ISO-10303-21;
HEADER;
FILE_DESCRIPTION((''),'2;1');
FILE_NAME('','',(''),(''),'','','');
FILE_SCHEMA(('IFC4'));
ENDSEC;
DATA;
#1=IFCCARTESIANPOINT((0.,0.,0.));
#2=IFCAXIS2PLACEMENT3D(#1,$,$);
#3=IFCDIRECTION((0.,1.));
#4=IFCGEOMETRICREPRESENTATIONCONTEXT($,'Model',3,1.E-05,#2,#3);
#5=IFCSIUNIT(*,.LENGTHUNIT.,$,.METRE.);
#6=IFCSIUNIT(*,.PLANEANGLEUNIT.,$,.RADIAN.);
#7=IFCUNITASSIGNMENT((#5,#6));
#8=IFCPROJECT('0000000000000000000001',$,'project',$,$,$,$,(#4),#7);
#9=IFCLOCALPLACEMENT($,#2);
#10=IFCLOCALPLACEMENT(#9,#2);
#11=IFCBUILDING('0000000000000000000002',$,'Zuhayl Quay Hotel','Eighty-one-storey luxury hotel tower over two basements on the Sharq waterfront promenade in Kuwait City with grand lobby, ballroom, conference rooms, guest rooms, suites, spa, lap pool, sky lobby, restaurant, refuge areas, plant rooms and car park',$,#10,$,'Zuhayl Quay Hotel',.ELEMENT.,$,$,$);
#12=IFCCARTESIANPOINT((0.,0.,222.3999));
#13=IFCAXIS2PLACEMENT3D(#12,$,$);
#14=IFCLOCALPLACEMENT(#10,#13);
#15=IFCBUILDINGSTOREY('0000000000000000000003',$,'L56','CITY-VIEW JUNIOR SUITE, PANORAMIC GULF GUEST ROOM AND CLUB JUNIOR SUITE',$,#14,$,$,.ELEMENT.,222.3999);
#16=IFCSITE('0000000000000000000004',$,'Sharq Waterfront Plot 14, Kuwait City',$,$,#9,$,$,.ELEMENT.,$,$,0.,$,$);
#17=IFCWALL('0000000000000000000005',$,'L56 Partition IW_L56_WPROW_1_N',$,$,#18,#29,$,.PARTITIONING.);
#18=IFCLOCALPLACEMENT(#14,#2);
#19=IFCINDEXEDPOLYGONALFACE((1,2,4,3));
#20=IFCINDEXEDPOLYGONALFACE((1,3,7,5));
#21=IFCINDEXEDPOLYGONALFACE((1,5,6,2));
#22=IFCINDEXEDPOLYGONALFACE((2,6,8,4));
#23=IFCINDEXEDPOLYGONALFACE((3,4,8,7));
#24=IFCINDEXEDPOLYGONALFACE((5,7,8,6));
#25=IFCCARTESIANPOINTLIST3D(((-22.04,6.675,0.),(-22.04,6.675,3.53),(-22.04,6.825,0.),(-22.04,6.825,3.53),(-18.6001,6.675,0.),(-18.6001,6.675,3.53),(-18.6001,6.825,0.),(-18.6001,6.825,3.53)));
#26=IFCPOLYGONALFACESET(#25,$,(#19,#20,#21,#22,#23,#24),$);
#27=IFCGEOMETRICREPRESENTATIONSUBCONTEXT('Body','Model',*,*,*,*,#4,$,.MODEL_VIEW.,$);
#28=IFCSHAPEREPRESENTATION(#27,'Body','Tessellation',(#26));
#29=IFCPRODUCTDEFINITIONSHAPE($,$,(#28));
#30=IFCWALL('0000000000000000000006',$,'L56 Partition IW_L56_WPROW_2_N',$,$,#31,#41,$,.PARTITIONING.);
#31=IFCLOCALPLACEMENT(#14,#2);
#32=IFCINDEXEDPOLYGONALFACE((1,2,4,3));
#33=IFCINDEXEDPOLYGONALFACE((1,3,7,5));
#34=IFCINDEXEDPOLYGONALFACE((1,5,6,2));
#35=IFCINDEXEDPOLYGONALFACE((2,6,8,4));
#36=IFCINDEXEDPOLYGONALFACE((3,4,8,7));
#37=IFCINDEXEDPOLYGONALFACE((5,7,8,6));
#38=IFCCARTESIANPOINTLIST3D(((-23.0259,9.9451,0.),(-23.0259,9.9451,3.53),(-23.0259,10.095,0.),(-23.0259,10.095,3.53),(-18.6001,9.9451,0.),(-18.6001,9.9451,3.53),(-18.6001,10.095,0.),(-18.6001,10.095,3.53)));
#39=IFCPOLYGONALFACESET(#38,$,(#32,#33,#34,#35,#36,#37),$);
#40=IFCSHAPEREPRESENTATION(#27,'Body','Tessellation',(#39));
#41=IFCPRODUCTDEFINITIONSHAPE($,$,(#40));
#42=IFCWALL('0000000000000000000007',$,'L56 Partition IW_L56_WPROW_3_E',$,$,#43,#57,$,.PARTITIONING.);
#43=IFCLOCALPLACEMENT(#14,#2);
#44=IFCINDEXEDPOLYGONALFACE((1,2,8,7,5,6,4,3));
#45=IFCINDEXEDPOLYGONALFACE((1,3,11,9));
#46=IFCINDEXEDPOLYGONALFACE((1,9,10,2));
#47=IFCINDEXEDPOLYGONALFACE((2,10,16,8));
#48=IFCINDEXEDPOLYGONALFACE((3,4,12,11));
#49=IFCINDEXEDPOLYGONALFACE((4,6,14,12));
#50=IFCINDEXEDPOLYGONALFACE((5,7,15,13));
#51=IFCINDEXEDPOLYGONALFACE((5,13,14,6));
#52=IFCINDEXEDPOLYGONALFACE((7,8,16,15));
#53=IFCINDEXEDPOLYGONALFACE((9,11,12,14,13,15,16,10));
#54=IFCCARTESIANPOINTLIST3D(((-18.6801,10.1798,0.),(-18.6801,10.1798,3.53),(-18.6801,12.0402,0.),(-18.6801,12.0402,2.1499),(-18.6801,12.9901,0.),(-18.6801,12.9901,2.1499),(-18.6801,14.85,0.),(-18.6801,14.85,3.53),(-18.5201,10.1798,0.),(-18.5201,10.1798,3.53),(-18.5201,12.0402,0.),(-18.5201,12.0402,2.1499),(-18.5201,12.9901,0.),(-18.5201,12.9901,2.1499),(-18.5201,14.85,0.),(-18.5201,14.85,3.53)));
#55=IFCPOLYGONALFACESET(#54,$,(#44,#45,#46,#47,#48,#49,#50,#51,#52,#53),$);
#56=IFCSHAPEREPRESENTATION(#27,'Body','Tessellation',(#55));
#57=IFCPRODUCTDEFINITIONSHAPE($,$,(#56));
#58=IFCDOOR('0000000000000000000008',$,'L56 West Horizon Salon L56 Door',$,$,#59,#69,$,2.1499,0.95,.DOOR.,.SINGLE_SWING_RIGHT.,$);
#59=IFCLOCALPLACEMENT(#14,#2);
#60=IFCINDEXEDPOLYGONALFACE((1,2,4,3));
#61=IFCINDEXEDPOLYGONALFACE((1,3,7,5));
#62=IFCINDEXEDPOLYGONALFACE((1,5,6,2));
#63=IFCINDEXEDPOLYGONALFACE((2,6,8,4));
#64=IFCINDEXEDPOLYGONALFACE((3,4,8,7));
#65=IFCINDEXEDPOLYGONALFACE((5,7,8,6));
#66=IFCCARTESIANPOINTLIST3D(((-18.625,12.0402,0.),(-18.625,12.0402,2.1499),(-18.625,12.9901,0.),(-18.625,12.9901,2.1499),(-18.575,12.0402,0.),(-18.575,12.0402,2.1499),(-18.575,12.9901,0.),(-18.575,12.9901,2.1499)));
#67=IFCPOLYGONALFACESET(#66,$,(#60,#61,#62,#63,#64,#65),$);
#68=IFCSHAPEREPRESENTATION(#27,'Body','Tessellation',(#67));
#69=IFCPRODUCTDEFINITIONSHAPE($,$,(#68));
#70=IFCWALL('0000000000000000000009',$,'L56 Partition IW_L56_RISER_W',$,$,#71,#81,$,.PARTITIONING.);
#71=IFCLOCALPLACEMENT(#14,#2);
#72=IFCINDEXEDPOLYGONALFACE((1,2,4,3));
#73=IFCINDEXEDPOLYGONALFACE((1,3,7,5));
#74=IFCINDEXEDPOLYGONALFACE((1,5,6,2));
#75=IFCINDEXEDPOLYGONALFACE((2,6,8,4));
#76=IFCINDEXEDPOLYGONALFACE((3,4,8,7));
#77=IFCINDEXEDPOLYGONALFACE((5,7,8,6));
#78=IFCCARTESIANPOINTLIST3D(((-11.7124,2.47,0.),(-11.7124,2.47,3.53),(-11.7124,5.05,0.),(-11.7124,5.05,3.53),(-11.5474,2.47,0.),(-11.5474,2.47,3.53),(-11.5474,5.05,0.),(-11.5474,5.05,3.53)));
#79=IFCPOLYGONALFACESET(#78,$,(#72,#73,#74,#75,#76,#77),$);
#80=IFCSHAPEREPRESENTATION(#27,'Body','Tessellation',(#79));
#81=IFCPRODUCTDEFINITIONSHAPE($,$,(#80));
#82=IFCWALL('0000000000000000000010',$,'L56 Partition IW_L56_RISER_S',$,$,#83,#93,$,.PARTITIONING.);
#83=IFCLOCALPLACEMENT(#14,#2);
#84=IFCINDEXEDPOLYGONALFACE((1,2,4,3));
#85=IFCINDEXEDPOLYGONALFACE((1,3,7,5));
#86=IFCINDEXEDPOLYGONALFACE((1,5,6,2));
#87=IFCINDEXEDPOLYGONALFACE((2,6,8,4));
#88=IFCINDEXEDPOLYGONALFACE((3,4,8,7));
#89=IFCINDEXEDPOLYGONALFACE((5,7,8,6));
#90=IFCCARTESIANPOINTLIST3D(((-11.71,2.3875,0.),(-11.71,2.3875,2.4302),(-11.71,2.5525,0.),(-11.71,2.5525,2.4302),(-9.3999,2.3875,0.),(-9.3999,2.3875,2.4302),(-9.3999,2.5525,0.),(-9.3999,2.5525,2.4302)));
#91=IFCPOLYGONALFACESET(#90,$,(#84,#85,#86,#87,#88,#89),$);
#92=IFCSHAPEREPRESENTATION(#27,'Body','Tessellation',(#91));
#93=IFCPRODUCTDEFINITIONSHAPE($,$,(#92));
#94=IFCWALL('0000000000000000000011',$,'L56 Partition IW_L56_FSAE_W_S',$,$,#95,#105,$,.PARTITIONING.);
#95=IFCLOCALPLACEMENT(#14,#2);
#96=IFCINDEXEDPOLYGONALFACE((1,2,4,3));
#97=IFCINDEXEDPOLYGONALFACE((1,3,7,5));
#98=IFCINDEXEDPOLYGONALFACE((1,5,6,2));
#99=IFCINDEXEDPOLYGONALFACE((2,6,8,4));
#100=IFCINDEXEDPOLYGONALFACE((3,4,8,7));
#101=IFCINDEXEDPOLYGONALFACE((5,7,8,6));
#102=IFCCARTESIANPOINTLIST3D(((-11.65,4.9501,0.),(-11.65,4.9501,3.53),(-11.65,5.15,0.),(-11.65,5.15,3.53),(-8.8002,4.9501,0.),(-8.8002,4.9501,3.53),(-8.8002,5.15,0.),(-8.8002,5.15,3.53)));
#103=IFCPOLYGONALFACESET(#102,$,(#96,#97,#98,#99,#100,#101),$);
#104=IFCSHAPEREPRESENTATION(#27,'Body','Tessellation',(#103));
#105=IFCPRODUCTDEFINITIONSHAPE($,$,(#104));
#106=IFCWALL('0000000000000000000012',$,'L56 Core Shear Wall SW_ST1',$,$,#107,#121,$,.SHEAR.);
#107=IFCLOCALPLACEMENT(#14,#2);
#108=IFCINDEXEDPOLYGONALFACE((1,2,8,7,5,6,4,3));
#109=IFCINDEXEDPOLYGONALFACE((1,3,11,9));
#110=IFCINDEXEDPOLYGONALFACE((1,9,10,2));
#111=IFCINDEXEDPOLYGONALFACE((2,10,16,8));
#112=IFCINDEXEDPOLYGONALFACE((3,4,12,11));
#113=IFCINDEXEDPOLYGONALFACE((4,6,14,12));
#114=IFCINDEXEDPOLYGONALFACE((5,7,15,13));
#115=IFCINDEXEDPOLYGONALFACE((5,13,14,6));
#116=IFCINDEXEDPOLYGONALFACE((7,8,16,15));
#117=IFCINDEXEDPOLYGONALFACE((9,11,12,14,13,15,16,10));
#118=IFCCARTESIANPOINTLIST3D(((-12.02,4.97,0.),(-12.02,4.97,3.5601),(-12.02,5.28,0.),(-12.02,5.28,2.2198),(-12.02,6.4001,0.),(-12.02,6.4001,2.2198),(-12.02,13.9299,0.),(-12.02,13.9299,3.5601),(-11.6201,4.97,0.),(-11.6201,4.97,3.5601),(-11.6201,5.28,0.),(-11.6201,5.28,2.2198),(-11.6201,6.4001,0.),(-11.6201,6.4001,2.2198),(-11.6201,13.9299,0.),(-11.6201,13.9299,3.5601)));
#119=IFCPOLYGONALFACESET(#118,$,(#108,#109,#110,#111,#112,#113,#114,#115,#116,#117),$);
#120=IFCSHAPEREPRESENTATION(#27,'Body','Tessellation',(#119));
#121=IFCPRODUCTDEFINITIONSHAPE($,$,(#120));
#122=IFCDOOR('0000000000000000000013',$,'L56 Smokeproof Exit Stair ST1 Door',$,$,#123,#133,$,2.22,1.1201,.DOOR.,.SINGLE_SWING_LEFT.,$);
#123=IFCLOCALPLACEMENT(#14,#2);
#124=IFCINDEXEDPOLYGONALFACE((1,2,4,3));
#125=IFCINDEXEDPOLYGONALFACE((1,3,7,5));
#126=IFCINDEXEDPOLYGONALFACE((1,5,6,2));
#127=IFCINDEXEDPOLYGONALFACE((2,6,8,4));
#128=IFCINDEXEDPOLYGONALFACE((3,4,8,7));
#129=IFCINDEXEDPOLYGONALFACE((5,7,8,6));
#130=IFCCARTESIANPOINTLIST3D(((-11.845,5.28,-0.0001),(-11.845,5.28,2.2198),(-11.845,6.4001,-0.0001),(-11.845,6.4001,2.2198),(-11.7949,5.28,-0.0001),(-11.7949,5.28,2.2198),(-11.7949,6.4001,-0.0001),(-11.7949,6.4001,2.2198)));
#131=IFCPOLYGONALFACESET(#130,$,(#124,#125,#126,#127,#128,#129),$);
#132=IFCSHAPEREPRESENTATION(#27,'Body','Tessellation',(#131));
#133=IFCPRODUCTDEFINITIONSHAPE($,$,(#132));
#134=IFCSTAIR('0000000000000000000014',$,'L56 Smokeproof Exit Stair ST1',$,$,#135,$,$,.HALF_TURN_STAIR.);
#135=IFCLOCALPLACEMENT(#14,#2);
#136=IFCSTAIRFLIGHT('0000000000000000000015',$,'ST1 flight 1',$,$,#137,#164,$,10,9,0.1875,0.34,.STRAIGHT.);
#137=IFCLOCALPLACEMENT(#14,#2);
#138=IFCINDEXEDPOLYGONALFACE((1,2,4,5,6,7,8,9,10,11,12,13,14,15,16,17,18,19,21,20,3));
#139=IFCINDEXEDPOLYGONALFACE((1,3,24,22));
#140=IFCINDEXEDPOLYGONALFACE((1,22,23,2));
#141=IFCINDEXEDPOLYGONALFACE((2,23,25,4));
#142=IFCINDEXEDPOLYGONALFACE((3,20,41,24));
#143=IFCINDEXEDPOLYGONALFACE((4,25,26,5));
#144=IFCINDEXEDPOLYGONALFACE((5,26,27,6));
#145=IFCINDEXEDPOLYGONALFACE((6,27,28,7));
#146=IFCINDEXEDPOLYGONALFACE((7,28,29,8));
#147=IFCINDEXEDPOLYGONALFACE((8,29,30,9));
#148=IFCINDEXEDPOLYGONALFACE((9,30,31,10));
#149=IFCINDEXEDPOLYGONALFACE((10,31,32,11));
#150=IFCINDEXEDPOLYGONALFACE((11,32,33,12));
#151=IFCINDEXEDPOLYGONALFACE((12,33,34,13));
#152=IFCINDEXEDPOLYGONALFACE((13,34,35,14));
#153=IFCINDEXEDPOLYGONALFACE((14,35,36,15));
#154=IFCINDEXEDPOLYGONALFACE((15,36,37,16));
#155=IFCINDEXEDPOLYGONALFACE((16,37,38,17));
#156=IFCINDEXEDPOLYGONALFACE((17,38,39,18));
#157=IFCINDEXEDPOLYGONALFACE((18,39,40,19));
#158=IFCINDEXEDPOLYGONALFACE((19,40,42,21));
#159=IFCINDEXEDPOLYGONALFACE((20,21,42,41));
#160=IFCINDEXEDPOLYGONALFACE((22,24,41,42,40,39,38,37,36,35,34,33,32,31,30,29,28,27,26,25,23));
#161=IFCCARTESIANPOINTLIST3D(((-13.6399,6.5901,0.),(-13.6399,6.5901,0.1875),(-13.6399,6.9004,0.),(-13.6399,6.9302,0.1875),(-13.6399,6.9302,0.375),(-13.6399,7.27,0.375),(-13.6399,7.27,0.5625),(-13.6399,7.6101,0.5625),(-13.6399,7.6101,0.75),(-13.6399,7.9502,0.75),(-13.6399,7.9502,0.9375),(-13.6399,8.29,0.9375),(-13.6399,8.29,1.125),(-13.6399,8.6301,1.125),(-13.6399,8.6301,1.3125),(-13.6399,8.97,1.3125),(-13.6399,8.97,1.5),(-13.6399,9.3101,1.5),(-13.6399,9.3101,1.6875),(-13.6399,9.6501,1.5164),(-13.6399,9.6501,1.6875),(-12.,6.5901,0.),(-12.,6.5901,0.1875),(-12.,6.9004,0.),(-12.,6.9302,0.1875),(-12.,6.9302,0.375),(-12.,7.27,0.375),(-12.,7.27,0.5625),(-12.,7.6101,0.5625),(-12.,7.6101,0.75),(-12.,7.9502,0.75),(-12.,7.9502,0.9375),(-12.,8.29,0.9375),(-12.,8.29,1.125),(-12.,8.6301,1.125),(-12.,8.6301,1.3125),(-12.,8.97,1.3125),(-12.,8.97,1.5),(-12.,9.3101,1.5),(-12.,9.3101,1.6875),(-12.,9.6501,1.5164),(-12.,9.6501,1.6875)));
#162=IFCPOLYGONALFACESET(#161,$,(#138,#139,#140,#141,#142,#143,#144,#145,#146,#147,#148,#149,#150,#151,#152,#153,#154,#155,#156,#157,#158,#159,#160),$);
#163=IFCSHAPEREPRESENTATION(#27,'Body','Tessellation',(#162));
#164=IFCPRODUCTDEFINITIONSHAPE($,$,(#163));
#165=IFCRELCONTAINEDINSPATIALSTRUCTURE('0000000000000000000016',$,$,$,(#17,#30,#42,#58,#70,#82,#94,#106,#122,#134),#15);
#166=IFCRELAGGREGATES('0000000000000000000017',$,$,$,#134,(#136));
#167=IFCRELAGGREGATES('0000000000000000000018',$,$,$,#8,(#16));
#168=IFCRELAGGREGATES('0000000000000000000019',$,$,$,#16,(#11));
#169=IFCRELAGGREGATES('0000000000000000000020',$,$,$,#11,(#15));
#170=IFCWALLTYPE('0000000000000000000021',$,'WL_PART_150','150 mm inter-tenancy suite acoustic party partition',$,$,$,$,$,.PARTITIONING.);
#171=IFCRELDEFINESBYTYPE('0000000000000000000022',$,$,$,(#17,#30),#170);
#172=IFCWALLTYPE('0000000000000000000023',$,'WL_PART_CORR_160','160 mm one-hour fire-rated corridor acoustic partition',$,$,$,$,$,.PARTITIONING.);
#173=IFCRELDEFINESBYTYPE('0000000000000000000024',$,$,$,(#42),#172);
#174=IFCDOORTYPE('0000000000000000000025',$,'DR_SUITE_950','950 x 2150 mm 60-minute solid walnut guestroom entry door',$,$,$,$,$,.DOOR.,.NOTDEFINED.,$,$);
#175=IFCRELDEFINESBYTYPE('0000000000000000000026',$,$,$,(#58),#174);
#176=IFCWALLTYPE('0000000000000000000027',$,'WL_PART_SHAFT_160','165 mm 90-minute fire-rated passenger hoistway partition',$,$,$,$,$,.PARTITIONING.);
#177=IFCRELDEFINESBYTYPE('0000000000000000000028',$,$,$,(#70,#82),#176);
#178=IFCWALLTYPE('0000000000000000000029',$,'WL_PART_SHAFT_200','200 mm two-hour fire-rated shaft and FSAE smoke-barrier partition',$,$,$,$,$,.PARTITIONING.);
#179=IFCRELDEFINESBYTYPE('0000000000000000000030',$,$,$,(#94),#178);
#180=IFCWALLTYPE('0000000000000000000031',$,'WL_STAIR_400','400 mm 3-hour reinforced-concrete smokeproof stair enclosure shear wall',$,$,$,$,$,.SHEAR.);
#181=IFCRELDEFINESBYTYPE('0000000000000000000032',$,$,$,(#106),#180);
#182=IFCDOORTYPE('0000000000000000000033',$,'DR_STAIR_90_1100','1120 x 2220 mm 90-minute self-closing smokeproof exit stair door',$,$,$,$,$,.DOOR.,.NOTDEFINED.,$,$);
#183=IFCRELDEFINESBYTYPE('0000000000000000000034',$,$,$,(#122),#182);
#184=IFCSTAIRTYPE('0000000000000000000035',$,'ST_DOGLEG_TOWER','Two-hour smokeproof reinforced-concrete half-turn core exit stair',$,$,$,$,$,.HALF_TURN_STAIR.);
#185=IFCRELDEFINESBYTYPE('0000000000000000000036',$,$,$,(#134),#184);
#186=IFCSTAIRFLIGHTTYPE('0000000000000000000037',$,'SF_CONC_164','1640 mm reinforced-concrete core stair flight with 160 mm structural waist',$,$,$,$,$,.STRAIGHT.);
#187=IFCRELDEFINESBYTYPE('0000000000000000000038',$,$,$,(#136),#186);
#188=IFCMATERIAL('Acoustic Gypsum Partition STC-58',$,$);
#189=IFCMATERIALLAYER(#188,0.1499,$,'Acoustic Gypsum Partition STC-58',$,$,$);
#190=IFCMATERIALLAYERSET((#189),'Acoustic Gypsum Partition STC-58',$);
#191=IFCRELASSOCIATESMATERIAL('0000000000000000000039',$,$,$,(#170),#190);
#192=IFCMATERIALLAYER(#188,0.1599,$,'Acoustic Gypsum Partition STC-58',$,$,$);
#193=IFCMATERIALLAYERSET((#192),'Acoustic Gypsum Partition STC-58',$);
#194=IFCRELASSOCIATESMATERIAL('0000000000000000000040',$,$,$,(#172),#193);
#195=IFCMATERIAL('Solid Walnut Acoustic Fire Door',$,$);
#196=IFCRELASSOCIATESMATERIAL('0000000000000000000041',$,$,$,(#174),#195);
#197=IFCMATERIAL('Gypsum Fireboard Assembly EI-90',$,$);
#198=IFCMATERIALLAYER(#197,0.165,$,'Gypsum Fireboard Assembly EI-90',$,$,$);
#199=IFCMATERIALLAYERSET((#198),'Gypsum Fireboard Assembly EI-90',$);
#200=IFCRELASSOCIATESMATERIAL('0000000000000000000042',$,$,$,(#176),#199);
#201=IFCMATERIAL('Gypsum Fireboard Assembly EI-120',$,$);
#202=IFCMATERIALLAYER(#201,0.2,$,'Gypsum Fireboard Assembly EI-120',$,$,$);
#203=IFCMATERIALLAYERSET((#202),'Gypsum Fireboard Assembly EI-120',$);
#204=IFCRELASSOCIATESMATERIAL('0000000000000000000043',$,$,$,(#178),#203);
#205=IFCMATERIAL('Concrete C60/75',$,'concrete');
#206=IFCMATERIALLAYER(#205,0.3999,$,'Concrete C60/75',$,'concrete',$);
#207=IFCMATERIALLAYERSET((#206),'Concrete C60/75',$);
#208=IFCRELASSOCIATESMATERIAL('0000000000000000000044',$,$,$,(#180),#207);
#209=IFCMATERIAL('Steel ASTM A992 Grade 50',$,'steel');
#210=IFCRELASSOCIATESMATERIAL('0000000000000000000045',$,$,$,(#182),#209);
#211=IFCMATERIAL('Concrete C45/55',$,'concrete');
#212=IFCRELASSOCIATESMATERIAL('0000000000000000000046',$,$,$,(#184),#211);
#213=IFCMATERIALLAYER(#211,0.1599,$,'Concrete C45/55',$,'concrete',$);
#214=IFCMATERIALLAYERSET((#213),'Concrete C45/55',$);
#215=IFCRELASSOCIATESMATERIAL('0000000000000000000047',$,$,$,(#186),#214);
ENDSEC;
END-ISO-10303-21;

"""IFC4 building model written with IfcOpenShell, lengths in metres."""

from ifc_helpers import new_model, si_unit, direction, frame, frame_2d, origin, place, context, subcontext, project, spatial, polyline, rectangle, outline, extrude, material, layer, layer_set, type_object, element, fill, aggregate, save


model = new_model("IFC4")

# Units and contexts
model_context = context("Model", 3, precision=1e-05, world=origin(), true_north=direction((0.0, 1.0)))
body_context = subcontext(model_context, "Body", "Model", "MODEL_VIEW")
ifc_project = project(units=[si_unit("LENGTHUNIT", "METRE"), si_unit("PLANEANGLEUNIT", "RADIAN")], contexts=[model_context])

# Site, building, storey
site_placement = place(None, origin())
site = spatial("IfcSite", under=ifc_project, at=site_placement, Name="Sharq Waterfront Plot 14, Kuwait City", CompositionType="ELEMENT", RefElevation=0.0)
building_placement = place(site_placement, origin())
building = spatial("IfcBuilding", under=site, at=building_placement, Name="Zuhayl Quay Hotel", Description="Eighty-one-storey luxury hotel tower over two basements on the Sharq waterfront promenade in Kuwait City with grand lobby, ballroom, conference rooms, guest rooms, suites, spa, lap pool, sky lobby, restaurant, refuge areas, plant rooms and car park", LongName="Zuhayl Quay Hotel", CompositionType="ELEMENT")
storey_placement = place(building_placement, frame((0.0, 0.0, 222.3999)))
storey = spatial("IfcBuildingStorey", under=building, at=storey_placement, Name="L56", Description="CITY-VIEW JUNIOR SUITE, PANORAMIC GULF GUEST ROOM AND CLUB JUNIOR SUITE", CompositionType="ELEMENT", Elevation=222.3999)

# Shared definitions
ifc_material_1 = material(Name="Concrete C60/75", Category="concrete")

# Walls
ifc_material_2 = material(Name="Acoustic Gypsum Partition STC-58")
ifc_layer_1 = layer(ifc_material_2, 0.1499, Name="Acoustic Gypsum Partition STC-58")
ifc_layer_set_1 = layer_set([ifc_layer_1], Name="Acoustic Gypsum Partition STC-58")
wall_type_1 = type_object("IfcWallType", Name="WL_PART_150", Description="150 mm inter-tenancy suite acoustic party partition", PredefinedType="PARTITIONING", material=ifc_layer_set_1)
wall_1_placement = place(storey_placement, frame((-22.04, 6.75, 0.0), z_axis=(0.0, 0.0, 1.0), x_axis=(1.0, 0.0, 0.0)))
element("IfcWall", 1, at=wall_1_placement, inside=storey, type_object=wall_type_1, Name="L56 Partition IW_L56_WPROW_1_N", PredefinedType="PARTITIONING", context=body_context, shape_type="SweptSolid", body=[
    extrude(rectangle(XDim=3.4399, YDim=0.1499, at=frame_2d((1.72, 0.0))), origin(), (0.0, 0.0, 1.0), 3.53),
])
wall_2_placement = place(storey_placement, frame((-23.0259, 10.02, 0.0), z_axis=(0.0, 0.0, 1.0), x_axis=(1.0, 0.0, 0.0)))
element("IfcWall", 2, at=wall_2_placement, inside=storey, type_object=wall_type_1, Name="L56 Partition IW_L56_WPROW_2_N", PredefinedType="PARTITIONING", context=body_context, shape_type="SweptSolid", body=[
    extrude(rectangle(XDim=4.4258, YDim=0.1499, at=frame_2d((2.2129, 0.0))), origin(), (0.0, 0.0, 1.0), 3.53),
])

# Wall, opening, door
ifc_layer_2 = layer(ifc_material_2, 0.1599, Name="Acoustic Gypsum Partition STC-58")
ifc_layer_set_2 = layer_set([ifc_layer_2], Name="Acoustic Gypsum Partition STC-58")
wall_type_2 = type_object("IfcWallType", Name="WL_PART_CORR_160", Description="160 mm one-hour fire-rated corridor acoustic partition", PredefinedType="PARTITIONING", material=ifc_layer_set_2)
ifc_material_3 = material(Name="Solid Walnut Acoustic Fire Door")
door_type_1 = type_object("IfcDoorType", Name="DR_SUITE_950", Description="950 x 2150 mm 60-minute solid walnut guestroom entry door", OperationType="NOTDEFINED", PredefinedType="DOOR", material=ifc_material_3)
wall_3_placement = place(storey_placement, frame((-18.6001, 10.1799, 0.0), z_axis=(0.0, 0.0, 1.0), x_axis=(0.0, 1.0, 0.0)))
wall_3 = element("IfcWall", 3, at=wall_3_placement, inside=storey, type_object=wall_type_2, Name="L56 Partition IW_L56_WPROW_3_E", PredefinedType="PARTITIONING", context=body_context, shape_type="SweptSolid", body=[
    extrude(rectangle(XDim=4.6702, YDim=0.1599, at=frame_2d((2.335, 0.0))), origin(), (0.0, 0.0, 1.0), 3.53),
])
opening_1_placement = place(wall_3_placement, frame((1.8601, 0.0, 0.0)))
opening_1 = element("IfcOpeningElement", 4, at=opening_1_placement, cuts=wall_3, PredefinedType="OPENING", context=body_context, shape_type="SweptSolid", body=[
    extrude(rectangle(XDim=0.95, YDim=2.1499, at=frame_2d((0.4751, 1.075))), frame((0.0, 0.0898, 0.0), z_axis=(0.0, -1.0, 0.0), x_axis=(1.0, 0.0, 0.0)), (0.0, 0.0, 1.0), 0.1799),
])
door_1_placement = place(opening_1_placement, origin())
door_1 = element("IfcDoor", 5, at=door_1_placement, inside=storey, type_object=door_type_1, Name="L56 West Horizon Salon L56 Door", OperationType="SINGLE_SWING_RIGHT", OverallHeight=2.1499, OverallWidth=0.95, PredefinedType="DOOR", context=body_context, shape_type="SweptSolid", body=[
    extrude(rectangle(XDim=0.95, YDim=2.1499, at=frame_2d((0.4751, 1.075))), frame((0.0, 0.0249, 0.0), z_axis=(0.0, -1.0, 0.0), x_axis=(1.0, 0.0, 0.0)), (0.0, 0.0, 1.0), 0.05),
])
fill(opening_1, door_1)

# Walls
ifc_material_4 = material(Name="Gypsum Fireboard Assembly EI-90")
ifc_layer_3 = layer(ifc_material_4, 0.165, Name="Gypsum Fireboard Assembly EI-90")
ifc_layer_set_3 = layer_set([ifc_layer_3], Name="Gypsum Fireboard Assembly EI-90")
wall_type_3 = type_object("IfcWallType", Name="WL_PART_SHAFT_160", Description="165 mm 90-minute fire-rated passenger hoistway partition", PredefinedType="PARTITIONING", material=ifc_layer_set_3)
wall_4_placement = place(storey_placement, frame((-11.6299, 2.47, 0.0), z_axis=(0.0, 0.0, 1.0), x_axis=(0.0, 1.0, 0.0)))
element("IfcWall", 6, at=wall_4_placement, inside=storey, type_object=wall_type_3, Name="L56 Partition IW_L56_RISER_W", PredefinedType="PARTITIONING", context=body_context, shape_type="SweptSolid", body=[
    extrude(rectangle(XDim=2.5801, YDim=0.165, at=frame_2d((1.29, 0.0))), origin(), (0.0, 0.0, 1.0), 3.53),
])
wall_5_placement = place(storey_placement, frame((-11.71, 2.47, 0.0), z_axis=(0.0, 0.0, 1.0), x_axis=(1.0, 0.0, 0.0)))
element("IfcWall", 7, at=wall_5_placement, inside=storey, type_object=wall_type_3, Name="L56 Partition IW_L56_RISER_S", PredefinedType="PARTITIONING", context=body_context, shape_type="SweptSolid", body=[
    extrude(rectangle(XDim=2.3101, YDim=0.165, at=frame_2d((1.155, 0.0))), origin(), (0.0, 0.0, 1.0), 2.4302),
])
ifc_material_5 = material(Name="Gypsum Fireboard Assembly EI-120")
ifc_layer_4 = layer(ifc_material_5, 0.2, Name="Gypsum Fireboard Assembly EI-120")
ifc_layer_set_4 = layer_set([ifc_layer_4], Name="Gypsum Fireboard Assembly EI-120")
wall_type_4 = type_object("IfcWallType", Name="WL_PART_SHAFT_200", Description="200 mm two-hour fire-rated shaft and FSAE smoke-barrier partition", PredefinedType="PARTITIONING", material=ifc_layer_set_4)
wall_6_placement = place(storey_placement, frame((-11.6499, 5.05, 0.0), z_axis=(0.0, 0.0, 1.0), x_axis=(1.0, 0.0, 0.0)))
element("IfcWall", 8, at=wall_6_placement, inside=storey, type_object=wall_type_4, Name="L56 Partition IW_L56_FSAE_W_S", PredefinedType="PARTITIONING", context=body_context, shape_type="SweptSolid", body=[
    extrude(rectangle(XDim=2.8499, YDim=0.2, at=frame_2d((1.4248, 0.0))), origin(), (0.0, 0.0, 1.0), 3.53),
])

# Wall, opening, door
ifc_layer_5 = layer(ifc_material_1, 0.3999, Name="Concrete C60/75", Category="concrete")
ifc_layer_set_5 = layer_set([ifc_layer_5], Name="Concrete C60/75")
wall_type_5 = type_object("IfcWallType", Name="WL_STAIR_400", Description="400 mm 3-hour reinforced-concrete smokeproof stair enclosure shear wall", PredefinedType="SHEAR", material=ifc_layer_set_5)
wall_7_placement = place(storey_placement, frame((-11.8201, 4.97, 0.0), z_axis=(0.0, 0.0, 1.0), x_axis=(0.0, 1.0, 0.0)))
wall_7 = element("IfcWall", 9, at=wall_7_placement, inside=storey, type_object=wall_type_5, Name="L56 Core Shear Wall SW_ST1", PredefinedType="SHEAR", context=body_context, shape_type="SweptSolid", body=[
    extrude(rectangle(XDim=8.96, YDim=0.3999, at=frame_2d((4.48, 0.0))), origin(), (0.0, 0.0, 1.0), 3.5601),
])
opening_2_placement = place(wall_7_placement, frame((0.3101, 0.0, 0.0)))
opening_2 = element("IfcOpeningElement", 10, at=opening_2_placement, cuts=wall_7, PredefinedType="OPENING", context=body_context, shape_type="SweptSolid", body=[
    extrude(rectangle(XDim=1.1201, YDim=2.22, at=frame_2d((0.5601, 1.1099))), frame((0.0, 0.21, 0.0), z_axis=(0.0, -1.0, 0.0), x_axis=(1.0, 0.0, 0.0)), (0.0, 0.0, 1.0), 0.4199),
])
ifc_material_6 = material(Name="Steel ASTM A992 Grade 50", Category="steel")
door_type_2 = type_object("IfcDoorType", Name="DR_STAIR_90_1100", Description="1120 x 2220 mm 90-minute self-closing smokeproof exit stair door", OperationType="NOTDEFINED", PredefinedType="DOOR", material=ifc_material_6)
door_2_placement = place(opening_2_placement, origin())
door_2 = element("IfcDoor", 11, at=door_2_placement, inside=storey, type_object=door_type_2, Name="L56 Smokeproof Exit Stair ST1 Door", OperationType="SINGLE_SWING_LEFT", OverallHeight=2.22, OverallWidth=1.1201, PredefinedType="DOOR", context=body_context, shape_type="SweptSolid", body=[
    extrude(rectangle(XDim=1.1201, YDim=2.22, at=frame_2d((0.5601, 1.1099))), frame((0.0, 0.0249, 0.0), z_axis=(0.0, -1.0, 0.0), x_axis=(1.0, 0.0, 0.0)), (0.0, 0.0, 1.0), 0.05),
])
fill(opening_2, door_2)

# Stair, stair flight
ifc_material_7 = material(Name="Concrete C45/55", Category="concrete")
stair_type = type_object("IfcStairType", Name="ST_DOGLEG_TOWER", Description="Two-hour smokeproof reinforced-concrete half-turn core exit stair", PredefinedType="HALF_TURN_STAIR", material=ifc_material_7)
stair_placement = place(storey_placement, origin())
stair = element("IfcStair", 12, at=stair_placement, inside=storey, type_object=stair_type, Name="L56 Smokeproof Exit Stair ST1", PredefinedType="HALF_TURN_STAIR")
ifc_layer_6 = layer(ifc_material_7, 0.1599, Name="Concrete C45/55", Category="concrete")
ifc_layer_set_6 = layer_set([ifc_layer_6], Name="Concrete C45/55")
stair_flight_type = type_object("IfcStairFlightType", Name="SF_CONC_164", Description="1640 mm reinforced-concrete core stair flight with 160 mm structural waist", PredefinedType="STRAIGHT", material=ifc_layer_set_6)
stair_flight_1_placement = place(storey_placement, frame((-12.8201, 6.5901, 0.0), z_axis=(0.0, 0.0, 1.0), x_axis=(0.0, 1.0, 0.0)))
stair_flight_1 = element("IfcStairFlight", 13, at=stair_flight_1_placement, type_object=stair_flight_type, Name="ST1 flight 1", NumberOfRisers=10, NumberOfTreads=9, PredefinedType="STRAIGHT", RiserHeight=0.1875, TreadLength=0.34, context=body_context, shape_type="SweptSolid", body=[
    extrude(outline(polyline([(0.0, 0.0), (0.0, 0.1875), (0.3401, 0.1875), (0.3401, 0.375), (0.6799, 0.375), (0.6799, 0.5625), (1.02, 0.5625), (1.02, 0.75), (1.3601, 0.75), (1.3601, 0.9375), (1.7, 0.9375), (1.7, 1.125), (2.04, 1.125), (2.04, 1.3125), (2.3799, 1.3125), (2.3799, 1.5), (2.72, 1.5), (2.72, 1.6875), (3.0601, 1.6875), (3.0601, 1.875), (3.0601, 1.5164), (0.3103, 0.0), (0.0, 0.0)])), frame((0.0, 0.8198, 0.0), z_axis=(0.0, -1.0, 0.0), x_axis=(1.0, 0.0, 0.0)), (0.0, 0.0, 1.0), 1.6399),
])
aggregate(stair, [stair_flight_1])

save(model, "model.ifc")
